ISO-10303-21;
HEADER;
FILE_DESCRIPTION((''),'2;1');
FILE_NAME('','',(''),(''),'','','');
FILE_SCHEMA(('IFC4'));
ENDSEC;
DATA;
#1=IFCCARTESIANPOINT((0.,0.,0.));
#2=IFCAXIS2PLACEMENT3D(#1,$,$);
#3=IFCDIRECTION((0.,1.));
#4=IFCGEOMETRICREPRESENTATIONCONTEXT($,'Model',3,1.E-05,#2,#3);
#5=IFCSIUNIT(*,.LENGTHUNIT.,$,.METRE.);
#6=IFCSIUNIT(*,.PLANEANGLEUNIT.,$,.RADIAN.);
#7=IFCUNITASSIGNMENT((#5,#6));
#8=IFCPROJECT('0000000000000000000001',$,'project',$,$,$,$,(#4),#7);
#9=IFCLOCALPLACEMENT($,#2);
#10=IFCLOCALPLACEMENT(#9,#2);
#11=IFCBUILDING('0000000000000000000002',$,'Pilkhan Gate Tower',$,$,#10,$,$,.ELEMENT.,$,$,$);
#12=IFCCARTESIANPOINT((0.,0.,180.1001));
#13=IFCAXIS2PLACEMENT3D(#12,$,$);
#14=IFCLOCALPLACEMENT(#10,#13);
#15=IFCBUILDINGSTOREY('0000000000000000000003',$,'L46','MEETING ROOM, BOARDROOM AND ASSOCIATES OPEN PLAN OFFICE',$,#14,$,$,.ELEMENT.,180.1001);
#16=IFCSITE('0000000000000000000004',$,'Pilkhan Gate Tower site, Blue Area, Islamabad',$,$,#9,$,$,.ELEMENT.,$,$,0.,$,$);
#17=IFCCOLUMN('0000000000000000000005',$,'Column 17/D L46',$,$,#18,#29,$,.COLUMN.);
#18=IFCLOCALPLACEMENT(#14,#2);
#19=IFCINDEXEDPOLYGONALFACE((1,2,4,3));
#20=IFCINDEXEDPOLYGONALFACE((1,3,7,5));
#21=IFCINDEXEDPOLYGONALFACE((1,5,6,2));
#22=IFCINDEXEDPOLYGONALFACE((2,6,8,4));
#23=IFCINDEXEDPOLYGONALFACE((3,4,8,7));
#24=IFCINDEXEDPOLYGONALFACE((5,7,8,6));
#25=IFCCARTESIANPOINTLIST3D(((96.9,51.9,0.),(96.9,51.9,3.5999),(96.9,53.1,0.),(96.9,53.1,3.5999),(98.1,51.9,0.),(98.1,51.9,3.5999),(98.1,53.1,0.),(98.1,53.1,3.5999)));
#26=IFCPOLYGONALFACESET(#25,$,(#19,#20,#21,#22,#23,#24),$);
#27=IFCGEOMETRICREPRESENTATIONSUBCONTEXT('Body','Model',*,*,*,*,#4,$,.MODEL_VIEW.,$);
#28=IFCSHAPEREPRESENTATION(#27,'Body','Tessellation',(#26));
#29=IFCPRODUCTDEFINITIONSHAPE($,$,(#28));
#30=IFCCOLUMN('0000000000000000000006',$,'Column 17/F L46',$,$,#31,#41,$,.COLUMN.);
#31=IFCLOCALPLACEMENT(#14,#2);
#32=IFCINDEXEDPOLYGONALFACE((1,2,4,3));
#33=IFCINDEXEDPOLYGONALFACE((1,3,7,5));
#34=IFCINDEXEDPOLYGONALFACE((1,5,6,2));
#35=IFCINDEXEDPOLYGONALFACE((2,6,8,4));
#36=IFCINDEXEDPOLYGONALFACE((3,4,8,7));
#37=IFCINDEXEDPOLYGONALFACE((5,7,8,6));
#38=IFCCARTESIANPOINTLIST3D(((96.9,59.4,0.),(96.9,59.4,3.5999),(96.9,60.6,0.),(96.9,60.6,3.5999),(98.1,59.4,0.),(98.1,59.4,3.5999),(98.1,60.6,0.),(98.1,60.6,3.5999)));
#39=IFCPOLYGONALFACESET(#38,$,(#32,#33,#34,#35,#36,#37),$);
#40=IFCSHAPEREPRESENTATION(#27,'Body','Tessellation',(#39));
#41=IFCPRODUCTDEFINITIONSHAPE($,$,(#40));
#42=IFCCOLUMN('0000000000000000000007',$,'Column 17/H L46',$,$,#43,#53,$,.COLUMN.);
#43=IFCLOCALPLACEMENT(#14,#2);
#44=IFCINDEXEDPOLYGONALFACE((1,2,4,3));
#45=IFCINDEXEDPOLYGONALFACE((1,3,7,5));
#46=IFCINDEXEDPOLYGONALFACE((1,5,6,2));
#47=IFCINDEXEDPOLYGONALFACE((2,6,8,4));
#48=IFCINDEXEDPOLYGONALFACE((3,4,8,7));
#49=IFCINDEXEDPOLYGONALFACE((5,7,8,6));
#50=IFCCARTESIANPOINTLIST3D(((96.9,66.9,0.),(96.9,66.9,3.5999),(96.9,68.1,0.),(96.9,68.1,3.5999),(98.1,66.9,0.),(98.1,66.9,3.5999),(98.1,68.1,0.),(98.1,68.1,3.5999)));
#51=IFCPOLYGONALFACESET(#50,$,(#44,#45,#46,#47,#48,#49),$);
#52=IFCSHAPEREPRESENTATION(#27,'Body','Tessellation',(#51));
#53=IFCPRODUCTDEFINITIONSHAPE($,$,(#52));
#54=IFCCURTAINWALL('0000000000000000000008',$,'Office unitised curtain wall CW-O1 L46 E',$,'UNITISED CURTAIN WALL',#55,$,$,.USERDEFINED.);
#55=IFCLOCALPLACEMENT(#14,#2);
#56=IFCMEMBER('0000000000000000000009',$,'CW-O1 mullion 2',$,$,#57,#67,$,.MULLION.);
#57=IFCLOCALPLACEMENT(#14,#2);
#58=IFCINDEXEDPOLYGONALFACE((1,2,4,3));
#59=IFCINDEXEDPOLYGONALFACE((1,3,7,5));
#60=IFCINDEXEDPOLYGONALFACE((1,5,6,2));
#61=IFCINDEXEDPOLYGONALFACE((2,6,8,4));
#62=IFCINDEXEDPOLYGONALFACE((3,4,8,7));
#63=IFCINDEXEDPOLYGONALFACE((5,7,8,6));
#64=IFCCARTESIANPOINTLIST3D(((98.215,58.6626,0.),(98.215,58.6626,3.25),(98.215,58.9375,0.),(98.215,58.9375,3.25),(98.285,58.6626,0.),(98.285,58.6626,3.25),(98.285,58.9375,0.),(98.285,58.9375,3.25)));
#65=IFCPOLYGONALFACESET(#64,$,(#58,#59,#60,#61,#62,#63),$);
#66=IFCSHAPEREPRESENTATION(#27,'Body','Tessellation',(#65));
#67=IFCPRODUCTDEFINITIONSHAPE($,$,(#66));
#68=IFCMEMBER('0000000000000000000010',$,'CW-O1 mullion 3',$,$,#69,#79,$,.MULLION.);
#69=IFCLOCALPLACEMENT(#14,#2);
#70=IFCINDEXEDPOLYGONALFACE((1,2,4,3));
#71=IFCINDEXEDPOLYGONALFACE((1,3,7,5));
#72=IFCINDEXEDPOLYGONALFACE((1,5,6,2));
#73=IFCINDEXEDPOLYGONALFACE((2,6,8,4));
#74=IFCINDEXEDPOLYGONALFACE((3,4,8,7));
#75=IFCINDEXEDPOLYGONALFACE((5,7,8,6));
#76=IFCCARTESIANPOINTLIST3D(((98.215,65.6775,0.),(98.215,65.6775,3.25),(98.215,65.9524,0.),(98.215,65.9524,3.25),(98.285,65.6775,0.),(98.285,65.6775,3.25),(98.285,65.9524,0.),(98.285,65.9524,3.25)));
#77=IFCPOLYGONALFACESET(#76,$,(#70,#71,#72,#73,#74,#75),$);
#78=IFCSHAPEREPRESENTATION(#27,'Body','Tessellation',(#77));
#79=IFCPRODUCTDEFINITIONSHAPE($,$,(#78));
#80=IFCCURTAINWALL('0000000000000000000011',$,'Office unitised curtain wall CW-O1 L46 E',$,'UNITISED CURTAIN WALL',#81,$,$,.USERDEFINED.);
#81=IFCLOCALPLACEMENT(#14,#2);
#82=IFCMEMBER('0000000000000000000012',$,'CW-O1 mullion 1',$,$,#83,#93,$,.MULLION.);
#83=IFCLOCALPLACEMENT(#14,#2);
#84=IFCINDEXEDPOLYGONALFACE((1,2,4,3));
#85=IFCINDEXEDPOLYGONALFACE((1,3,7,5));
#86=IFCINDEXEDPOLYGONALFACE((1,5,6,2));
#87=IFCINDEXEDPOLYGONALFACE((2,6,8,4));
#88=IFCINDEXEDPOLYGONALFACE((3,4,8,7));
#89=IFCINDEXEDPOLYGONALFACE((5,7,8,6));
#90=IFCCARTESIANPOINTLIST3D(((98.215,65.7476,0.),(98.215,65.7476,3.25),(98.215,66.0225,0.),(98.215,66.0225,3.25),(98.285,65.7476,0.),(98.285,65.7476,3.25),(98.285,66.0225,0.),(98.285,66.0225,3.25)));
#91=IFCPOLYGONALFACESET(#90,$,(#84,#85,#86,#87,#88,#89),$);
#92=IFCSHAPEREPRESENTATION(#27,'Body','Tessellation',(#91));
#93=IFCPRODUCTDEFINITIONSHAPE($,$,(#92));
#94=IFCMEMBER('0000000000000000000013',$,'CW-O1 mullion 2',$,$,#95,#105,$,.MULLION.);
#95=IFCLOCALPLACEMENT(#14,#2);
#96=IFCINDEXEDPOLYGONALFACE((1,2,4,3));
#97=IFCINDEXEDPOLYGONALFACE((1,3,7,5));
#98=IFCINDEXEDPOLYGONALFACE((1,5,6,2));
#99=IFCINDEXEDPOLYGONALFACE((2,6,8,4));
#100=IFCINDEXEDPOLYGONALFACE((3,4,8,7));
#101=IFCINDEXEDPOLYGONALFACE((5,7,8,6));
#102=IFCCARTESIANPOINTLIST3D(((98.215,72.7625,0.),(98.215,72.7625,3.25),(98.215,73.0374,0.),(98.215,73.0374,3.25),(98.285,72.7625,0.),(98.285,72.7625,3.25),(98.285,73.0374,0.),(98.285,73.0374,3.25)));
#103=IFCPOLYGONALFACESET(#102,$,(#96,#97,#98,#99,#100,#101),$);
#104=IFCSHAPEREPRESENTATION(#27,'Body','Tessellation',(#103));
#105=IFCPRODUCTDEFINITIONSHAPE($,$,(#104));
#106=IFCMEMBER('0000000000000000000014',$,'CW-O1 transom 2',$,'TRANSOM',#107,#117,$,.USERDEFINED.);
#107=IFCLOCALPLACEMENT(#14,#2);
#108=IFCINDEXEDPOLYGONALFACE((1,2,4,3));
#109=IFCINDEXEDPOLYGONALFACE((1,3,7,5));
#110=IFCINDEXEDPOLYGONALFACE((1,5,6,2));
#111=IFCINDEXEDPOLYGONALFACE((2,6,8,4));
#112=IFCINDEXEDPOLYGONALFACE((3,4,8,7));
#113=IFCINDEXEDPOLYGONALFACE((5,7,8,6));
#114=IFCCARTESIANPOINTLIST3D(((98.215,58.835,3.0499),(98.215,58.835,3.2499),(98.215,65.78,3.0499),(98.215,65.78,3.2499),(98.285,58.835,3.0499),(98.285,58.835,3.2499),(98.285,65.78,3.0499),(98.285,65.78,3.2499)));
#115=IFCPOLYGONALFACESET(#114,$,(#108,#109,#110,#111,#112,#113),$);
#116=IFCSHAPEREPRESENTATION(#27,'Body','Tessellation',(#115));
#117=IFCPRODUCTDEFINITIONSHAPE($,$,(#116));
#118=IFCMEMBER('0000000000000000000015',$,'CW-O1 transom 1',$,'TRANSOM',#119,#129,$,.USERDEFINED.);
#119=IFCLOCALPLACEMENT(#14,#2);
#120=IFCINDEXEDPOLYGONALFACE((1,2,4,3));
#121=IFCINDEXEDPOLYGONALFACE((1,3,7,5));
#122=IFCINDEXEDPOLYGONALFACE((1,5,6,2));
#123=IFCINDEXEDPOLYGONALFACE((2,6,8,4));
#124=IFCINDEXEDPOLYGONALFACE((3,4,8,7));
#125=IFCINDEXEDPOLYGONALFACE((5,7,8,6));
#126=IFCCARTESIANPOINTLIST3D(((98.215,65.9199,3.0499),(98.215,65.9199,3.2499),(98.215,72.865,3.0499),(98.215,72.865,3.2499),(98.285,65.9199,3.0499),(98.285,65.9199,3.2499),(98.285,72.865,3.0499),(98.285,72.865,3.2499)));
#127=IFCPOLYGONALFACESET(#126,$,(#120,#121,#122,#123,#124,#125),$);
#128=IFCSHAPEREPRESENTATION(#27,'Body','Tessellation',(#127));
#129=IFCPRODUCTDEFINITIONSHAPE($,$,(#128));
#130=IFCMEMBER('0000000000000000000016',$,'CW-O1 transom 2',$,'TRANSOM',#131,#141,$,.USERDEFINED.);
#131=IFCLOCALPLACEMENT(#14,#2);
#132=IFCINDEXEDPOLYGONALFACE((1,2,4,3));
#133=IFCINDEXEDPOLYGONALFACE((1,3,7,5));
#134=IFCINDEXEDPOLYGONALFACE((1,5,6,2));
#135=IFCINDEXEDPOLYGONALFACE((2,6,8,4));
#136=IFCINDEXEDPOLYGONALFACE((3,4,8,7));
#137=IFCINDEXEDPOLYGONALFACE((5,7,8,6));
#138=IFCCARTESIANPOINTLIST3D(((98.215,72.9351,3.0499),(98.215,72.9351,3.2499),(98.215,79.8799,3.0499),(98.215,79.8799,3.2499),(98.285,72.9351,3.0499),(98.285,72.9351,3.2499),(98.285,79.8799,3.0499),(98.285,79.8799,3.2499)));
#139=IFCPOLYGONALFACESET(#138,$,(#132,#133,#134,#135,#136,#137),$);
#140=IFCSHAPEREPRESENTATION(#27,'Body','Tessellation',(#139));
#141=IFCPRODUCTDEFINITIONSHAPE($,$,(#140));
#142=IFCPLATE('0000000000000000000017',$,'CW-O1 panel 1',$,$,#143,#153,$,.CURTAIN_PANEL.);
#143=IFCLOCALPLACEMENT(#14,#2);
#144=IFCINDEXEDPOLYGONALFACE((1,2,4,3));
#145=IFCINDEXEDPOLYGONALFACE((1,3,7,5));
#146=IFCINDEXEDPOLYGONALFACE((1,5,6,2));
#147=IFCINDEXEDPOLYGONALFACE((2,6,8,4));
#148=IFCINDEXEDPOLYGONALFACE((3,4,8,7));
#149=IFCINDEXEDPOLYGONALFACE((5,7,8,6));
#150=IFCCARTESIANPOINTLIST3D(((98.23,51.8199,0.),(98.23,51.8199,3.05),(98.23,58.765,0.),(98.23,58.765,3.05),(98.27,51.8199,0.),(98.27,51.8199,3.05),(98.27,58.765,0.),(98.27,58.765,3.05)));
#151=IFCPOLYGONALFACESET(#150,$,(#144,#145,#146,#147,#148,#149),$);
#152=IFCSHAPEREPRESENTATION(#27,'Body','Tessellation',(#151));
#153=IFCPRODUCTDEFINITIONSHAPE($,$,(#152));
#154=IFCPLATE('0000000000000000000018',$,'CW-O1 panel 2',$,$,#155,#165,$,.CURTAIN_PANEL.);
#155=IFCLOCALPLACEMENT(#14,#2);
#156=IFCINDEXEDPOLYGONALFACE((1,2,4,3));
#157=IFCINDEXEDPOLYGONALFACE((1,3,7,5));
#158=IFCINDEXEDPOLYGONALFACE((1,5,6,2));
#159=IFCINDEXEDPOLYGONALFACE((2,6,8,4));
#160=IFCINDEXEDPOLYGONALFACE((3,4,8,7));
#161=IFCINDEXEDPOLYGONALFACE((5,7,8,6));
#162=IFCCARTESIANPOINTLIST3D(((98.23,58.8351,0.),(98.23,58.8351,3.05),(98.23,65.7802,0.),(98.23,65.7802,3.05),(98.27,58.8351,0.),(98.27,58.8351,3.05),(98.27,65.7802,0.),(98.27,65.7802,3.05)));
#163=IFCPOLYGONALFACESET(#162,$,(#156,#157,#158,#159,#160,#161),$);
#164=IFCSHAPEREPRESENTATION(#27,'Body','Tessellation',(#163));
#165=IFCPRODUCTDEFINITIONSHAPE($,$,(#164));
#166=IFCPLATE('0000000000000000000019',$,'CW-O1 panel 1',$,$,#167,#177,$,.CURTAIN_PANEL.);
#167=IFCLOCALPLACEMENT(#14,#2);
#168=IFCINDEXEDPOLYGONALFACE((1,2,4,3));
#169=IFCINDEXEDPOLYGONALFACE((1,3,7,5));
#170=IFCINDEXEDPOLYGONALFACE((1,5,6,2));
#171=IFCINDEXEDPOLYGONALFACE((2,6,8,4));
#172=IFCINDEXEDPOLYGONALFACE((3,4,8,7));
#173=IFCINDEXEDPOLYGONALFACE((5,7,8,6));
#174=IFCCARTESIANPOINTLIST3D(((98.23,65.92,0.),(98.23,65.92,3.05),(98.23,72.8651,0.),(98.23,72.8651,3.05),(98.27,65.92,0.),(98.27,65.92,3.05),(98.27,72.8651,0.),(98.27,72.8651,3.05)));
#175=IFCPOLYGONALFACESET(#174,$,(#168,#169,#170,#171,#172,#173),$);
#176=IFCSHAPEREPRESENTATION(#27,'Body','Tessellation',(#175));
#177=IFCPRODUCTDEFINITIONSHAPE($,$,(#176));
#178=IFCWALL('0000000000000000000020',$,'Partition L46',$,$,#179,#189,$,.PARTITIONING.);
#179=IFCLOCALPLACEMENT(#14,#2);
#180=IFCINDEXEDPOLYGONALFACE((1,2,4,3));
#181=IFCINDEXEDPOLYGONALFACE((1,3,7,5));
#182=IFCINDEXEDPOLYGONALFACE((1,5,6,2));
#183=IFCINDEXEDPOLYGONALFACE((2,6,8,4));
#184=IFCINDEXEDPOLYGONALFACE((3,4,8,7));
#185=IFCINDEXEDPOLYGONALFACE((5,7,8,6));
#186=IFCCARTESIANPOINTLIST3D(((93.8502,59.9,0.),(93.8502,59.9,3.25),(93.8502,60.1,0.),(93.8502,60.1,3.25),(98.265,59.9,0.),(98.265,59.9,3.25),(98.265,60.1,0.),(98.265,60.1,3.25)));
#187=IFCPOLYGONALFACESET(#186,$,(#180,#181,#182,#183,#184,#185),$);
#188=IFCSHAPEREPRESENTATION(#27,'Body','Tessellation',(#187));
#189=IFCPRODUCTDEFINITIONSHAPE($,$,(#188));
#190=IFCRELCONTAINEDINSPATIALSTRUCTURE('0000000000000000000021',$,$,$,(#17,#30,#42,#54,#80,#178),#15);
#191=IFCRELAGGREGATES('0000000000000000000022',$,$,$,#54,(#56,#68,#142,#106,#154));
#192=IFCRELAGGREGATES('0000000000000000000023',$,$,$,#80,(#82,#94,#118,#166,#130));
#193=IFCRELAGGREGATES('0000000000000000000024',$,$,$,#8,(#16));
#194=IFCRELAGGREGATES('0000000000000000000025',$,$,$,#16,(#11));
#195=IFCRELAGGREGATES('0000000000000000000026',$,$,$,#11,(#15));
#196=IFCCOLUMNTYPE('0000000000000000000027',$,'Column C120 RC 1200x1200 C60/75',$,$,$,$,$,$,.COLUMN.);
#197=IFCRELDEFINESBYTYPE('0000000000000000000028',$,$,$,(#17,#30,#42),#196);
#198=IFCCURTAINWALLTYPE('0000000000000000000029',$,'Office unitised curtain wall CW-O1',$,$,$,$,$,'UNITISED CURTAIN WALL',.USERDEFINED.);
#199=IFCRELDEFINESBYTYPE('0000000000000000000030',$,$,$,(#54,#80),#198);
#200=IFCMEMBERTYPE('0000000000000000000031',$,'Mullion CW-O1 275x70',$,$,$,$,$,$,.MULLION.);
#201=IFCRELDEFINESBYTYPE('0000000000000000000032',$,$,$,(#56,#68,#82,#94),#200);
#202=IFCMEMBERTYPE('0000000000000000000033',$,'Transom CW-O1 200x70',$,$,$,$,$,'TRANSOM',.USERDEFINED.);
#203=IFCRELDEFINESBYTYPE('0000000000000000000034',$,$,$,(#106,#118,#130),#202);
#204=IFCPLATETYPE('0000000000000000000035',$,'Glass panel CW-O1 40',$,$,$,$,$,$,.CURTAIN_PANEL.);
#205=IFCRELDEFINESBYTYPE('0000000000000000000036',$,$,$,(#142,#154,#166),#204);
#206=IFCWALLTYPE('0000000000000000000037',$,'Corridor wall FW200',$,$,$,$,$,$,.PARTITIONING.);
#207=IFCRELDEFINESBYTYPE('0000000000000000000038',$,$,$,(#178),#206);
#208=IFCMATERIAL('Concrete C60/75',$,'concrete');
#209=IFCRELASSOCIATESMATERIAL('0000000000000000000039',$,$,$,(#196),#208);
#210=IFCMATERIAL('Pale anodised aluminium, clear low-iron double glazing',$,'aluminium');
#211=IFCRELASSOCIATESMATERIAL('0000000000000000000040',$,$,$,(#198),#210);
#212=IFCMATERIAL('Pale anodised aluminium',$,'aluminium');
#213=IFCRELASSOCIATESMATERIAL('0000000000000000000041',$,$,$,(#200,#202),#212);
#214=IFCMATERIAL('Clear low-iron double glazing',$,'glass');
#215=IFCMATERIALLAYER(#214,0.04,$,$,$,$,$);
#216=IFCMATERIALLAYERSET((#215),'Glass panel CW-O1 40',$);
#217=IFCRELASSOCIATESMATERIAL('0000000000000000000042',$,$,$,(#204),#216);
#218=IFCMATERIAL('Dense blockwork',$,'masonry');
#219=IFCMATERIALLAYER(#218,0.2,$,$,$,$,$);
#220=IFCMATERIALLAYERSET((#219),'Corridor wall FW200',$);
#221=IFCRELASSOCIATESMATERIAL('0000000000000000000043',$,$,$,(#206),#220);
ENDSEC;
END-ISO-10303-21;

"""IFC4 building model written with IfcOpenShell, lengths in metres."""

from ifc_helpers import new_model, si_unit, direction, frame, frame_2d, origin, origin_2d, place, context, subcontext, project, spatial, rectangle, extrude, material, layer, layer_set, material_profile, profile_set, type_object, element, aggregate, save


model = new_model("IFC4")

# Units and contexts
model_context = context("Model", 3, precision=1e-05, world=origin(), true_north=direction((0.0, 1.0)))
body_context = subcontext(model_context, "Body", "Model", "MODEL_VIEW")
ifc_project = project(units=[si_unit("LENGTHUNIT", "METRE"), si_unit("PLANEANGLEUNIT", "RADIAN")], contexts=[model_context])

# Site, building, storey
site_placement = place(None, origin())
site = spatial("IfcSite", under=ifc_project, at=site_placement, Name="Pilkhan Gate Tower site, Blue Area, Islamabad", CompositionType="ELEMENT", RefElevation=0.0)
building_placement = place(site_placement, origin())
building = spatial("IfcBuilding", under=site, at=building_placement, Name="Pilkhan Gate Tower", CompositionType="ELEMENT")
storey_placement = place(building_placement, frame((0.0, 0.0, 180.1001)))
storey = spatial("IfcBuildingStorey", under=building, at=storey_placement, Name="L46", Description="MEETING ROOM, BOARDROOM AND ASSOCIATES OPEN PLAN OFFICE", CompositionType="ELEMENT", Elevation=180.1001)

# Columns
ifc_material_1 = material(Name="Concrete C60/75", Category="concrete")
ifc_material_profile_1 = material_profile(ifc_material_1, rectangle(XDim=1.2, YDim=1.2, at=origin_2d()), Name="RC 1200x1200")
ifc_profile_set_1 = profile_set([ifc_material_profile_1], Name="Concrete C60/75")
column_type = type_object("IfcColumnType", Name="Column C120 RC 1200x1200 C60/75", PredefinedType="COLUMN", material=ifc_profile_set_1)
for number, where, z_axis, x_axis, name in (
    (1, (97.5, 52.5, 0.0), (0.0, 0.0, 1.0), (1.0, 0.0, 0.0), "Column 17/D L46"),
    (2, (97.5, 60.0, 0.0), (0.0, 0.0, 1.0), (1.0, 0.0, 0.0), "Column 17/F L46"),
    (3, (97.5, 67.5, 0.0), (0.0, 0.0, 1.0), (1.0, 0.0, 0.0), "Column 17/H L46"),
):
    element("IfcColumn", number, at=place(storey_placement, frame(where, z_axis=z_axis, x_axis=x_axis)), inside=storey, type_object=column_type, Name=name, PredefinedType="COLUMN", context=body_context, shape_type="SweptSolid", body=[
        extrude(rectangle(XDim=1.2, YDim=1.2, at=origin_2d()), origin(), (0.0, 0.0, 1.0), 3.5999),
    ])

# Curtain walls, members
ifc_material_2 = material(Name="Pale anodised aluminium, clear low-iron double glazing", Category="aluminium")
curtain_wall_type = type_object("IfcCurtainWallType", Name="Office unitised curtain wall CW-O1", ElementType="UNITISED CURTAIN WALL", PredefinedType="USERDEFINED", material=ifc_material_2)
curtain_wall_1_placement = place(storey_placement, origin())
curtain_wall_1 = element("IfcCurtainWall", 4, at=curtain_wall_1_placement, inside=storey, type_object=curtain_wall_type, Name="Office unitised curtain wall CW-O1 L46 E", ObjectType="UNITISED CURTAIN WALL", PredefinedType="USERDEFINED")
ifc_material_3 = material(Name="Pale anodised aluminium", Category="aluminium")
ifc_material_profile_2 = material_profile(ifc_material_3, rectangle(XDim=0.0701, YDim=0.2749, at=origin_2d()), Name="Mullion 275x70")
ifc_profile_set_2 = profile_set([ifc_material_profile_2], Name="Pale anodised aluminium")
member_type_1 = type_object("IfcMemberType", Name="Mullion CW-O1 275x70", PredefinedType="MULLION", material=ifc_profile_set_2)
member_1_placement = place(storey_placement, frame((98.25, 58.8, 0.0), z_axis=(0.0, 0.0, 1.0), x_axis=(-1.0, 0.0, 0.0)))
member_1 = element("IfcMember", 5, at=member_1_placement, type_object=member_type_1, Name="CW-O1 mullion 2", PredefinedType="MULLION", context=body_context, shape_type="SweptSolid", body=[
    extrude(rectangle(XDim=0.0701, YDim=0.2749, at=origin_2d()), origin(), (0.0, 0.0, 1.0), 3.25),
])
member_2_placement = place(storey_placement, frame((98.25, 65.8149, 0.0), z_axis=(0.0, 0.0, 1.0), x_axis=(-1.0, 0.0, 0.0)))
member_2 = element("IfcMember", 6, at=member_2_placement, type_object=member_type_1, Name="CW-O1 mullion 3", PredefinedType="MULLION", context=body_context, shape_type="SweptSolid", body=[
    extrude(rectangle(XDim=0.0701, YDim=0.2749, at=origin_2d()), origin(), (0.0, 0.0, 1.0), 3.25),
])
curtain_wall_2_placement = place(storey_placement, origin())
curtain_wall_2 = element("IfcCurtainWall", 7, at=curtain_wall_2_placement, inside=storey, type_object=curtain_wall_type, Name="Office unitised curtain wall CW-O1 L46 E", ObjectType="UNITISED CURTAIN WALL", PredefinedType="USERDEFINED")
member_3_placement = place(storey_placement, frame((98.25, 65.885, 0.0), z_axis=(0.0, 0.0, 1.0), x_axis=(-1.0, 0.0, 0.0)))
member_3 = element("IfcMember", 8, at=member_3_placement, type_object=member_type_1, Name="CW-O1 mullion 1", PredefinedType="MULLION", context=body_context, shape_type="SweptSolid", body=[
    extrude(rectangle(XDim=0.0701, YDim=0.2749, at=origin_2d()), origin(), (0.0, 0.0, 1.0), 3.25),
])
member_4_placement = place(storey_placement, frame((98.25, 72.8999, 0.0), z_axis=(0.0, 0.0, 1.0), x_axis=(-1.0, 0.0, 0.0)))
member_4 = element("IfcMember", 9, at=member_4_placement, type_object=member_type_1, Name="CW-O1 mullion 2", PredefinedType="MULLION", context=body_context, shape_type="SweptSolid", body=[
    extrude(rectangle(XDim=0.0701, YDim=0.2749, at=origin_2d()), origin(), (0.0, 0.0, 1.0), 3.25),
])

# Members
ifc_material_profile_3 = material_profile(ifc_material_3, rectangle(XDim=0.0701, YDim=0.2, at=origin_2d()), Name="Transom 200x70")
ifc_profile_set_3 = profile_set([ifc_material_profile_3], Name="Pale anodised aluminium")
member_type_2 = type_object("IfcMemberType", Name="Transom CW-O1 200x70", ElementType="TRANSOM", PredefinedType="USERDEFINED", material=ifc_profile_set_3)
member_5_placement = place(storey_placement, frame((98.25, 58.835, 3.1499), z_axis=(0.0, 1.0, 0.0), x_axis=(-1.0, 0.0, 0.0)))
member_5 = element("IfcMember", 10, at=member_5_placement, type_object=member_type_2, Name="CW-O1 transom 2", ObjectType="TRANSOM", PredefinedType="USERDEFINED", context=body_context, shape_type="SweptSolid", body=[
    extrude(rectangle(XDim=0.0701, YDim=0.2, at=origin_2d()), origin(), (0.0, 0.0, 1.0), 6.9451),
])
member_6_placement = place(storey_placement, frame((98.25, 65.9199, 3.1499), z_axis=(0.0, 1.0, 0.0), x_axis=(-1.0, 0.0, 0.0)))
member_6 = element("IfcMember", 11, at=member_6_placement, type_object=member_type_2, Name="CW-O1 transom 1", ObjectType="TRANSOM", PredefinedType="USERDEFINED", context=body_context, shape_type="SweptSolid", body=[
    extrude(rectangle(XDim=0.0701, YDim=0.2, at=origin_2d()), origin(), (0.0, 0.0, 1.0), 6.9451),
])
member_7_placement = place(storey_placement, frame((98.25, 72.9351, 3.1499), z_axis=(0.0, 1.0, 0.0), x_axis=(-1.0, 0.0, 0.0)))
member_7 = element("IfcMember", 12, at=member_7_placement, type_object=member_type_2, Name="CW-O1 transom 2", ObjectType="TRANSOM", PredefinedType="USERDEFINED", context=body_context, shape_type="SweptSolid", body=[
    extrude(rectangle(XDim=0.0701, YDim=0.2, at=origin_2d()), origin(), (0.0, 0.0, 1.0), 6.9448),
])

# Plates
ifc_material_4 = material(Name="Clear low-iron double glazing", Category="glass")
ifc_layer_1 = layer(ifc_material_4, 0.04)
ifc_layer_set_1 = layer_set([ifc_layer_1], Name="Glass panel CW-O1 40")
plate_type = type_object("IfcPlateType", Name="Glass panel CW-O1 40", PredefinedType="CURTAIN_PANEL", material=ifc_layer_set_1)
plate_1_placement = place(storey_placement, frame((98.25, 55.2925, 0.0), z_axis=(0.0, 0.0, 1.0), x_axis=(0.0, 1.0, 0.0)))
plate_1 = element("IfcPlate", 13, at=plate_1_placement, type_object=plate_type, Name="CW-O1 panel 1", PredefinedType="CURTAIN_PANEL", context=body_context, shape_type="SweptSolid", body=[
    extrude(rectangle(XDim=6.9451, YDim=0.04, at=origin_2d()), origin(), (0.0, 0.0, 1.0), 3.05),
])
plate_2_placement = place(storey_placement, frame((98.25, 62.3076, 0.0), z_axis=(0.0, 0.0, 1.0), x_axis=(0.0, 1.0, 0.0)))
plate_2 = element("IfcPlate", 14, at=plate_2_placement, type_object=plate_type, Name="CW-O1 panel 2", PredefinedType="CURTAIN_PANEL", context=body_context, shape_type="SweptSolid", body=[
    extrude(rectangle(XDim=6.9451, YDim=0.04, at=origin_2d()), origin(), (0.0, 0.0, 1.0), 3.05),
])
aggregate(curtain_wall_1, [member_1, member_2, plate_1, member_5, plate_2])
plate_3_placement = place(storey_placement, frame((98.25, 69.3926, 0.0), z_axis=(0.0, 0.0, 1.0), x_axis=(0.0, 1.0, 0.0)))
plate_3 = element("IfcPlate", 15, at=plate_3_placement, type_object=plate_type, Name="CW-O1 panel 1", PredefinedType="CURTAIN_PANEL", context=body_context, shape_type="SweptSolid", body=[
    extrude(rectangle(XDim=6.9451, YDim=0.04, at=origin_2d()), origin(), (0.0, 0.0, 1.0), 3.05),
])
aggregate(curtain_wall_2, [member_3, member_4, member_6, plate_3, member_7])

# Wall
ifc_material_5 = material(Name="Dense blockwork", Category="masonry")
ifc_layer_2 = layer(ifc_material_5, 0.2)
ifc_layer_set_2 = layer_set([ifc_layer_2], Name="Corridor wall FW200")
wall_type_1 = type_object("IfcWallType", Name="Corridor wall FW200", PredefinedType="PARTITIONING", material=ifc_layer_set_2)
wall_1_placement = place(storey_placement, frame((93.8501, 60.0, 0.0), z_axis=(0.0, 0.0, 1.0), x_axis=(1.0, 0.0, 0.0)))
element("IfcWall", 16, at=wall_1_placement, inside=storey, type_object=wall_type_1, Name="Partition L46", PredefinedType="PARTITIONING", context=body_context, shape_type="SweptSolid", body=[
    extrude(rectangle(XDim=4.4148, YDim=0.2, at=frame_2d((2.2075, 0.0))), origin(), (0.0, 0.0, 1.0), 3.25),
])

save(model, "model.ifc")
